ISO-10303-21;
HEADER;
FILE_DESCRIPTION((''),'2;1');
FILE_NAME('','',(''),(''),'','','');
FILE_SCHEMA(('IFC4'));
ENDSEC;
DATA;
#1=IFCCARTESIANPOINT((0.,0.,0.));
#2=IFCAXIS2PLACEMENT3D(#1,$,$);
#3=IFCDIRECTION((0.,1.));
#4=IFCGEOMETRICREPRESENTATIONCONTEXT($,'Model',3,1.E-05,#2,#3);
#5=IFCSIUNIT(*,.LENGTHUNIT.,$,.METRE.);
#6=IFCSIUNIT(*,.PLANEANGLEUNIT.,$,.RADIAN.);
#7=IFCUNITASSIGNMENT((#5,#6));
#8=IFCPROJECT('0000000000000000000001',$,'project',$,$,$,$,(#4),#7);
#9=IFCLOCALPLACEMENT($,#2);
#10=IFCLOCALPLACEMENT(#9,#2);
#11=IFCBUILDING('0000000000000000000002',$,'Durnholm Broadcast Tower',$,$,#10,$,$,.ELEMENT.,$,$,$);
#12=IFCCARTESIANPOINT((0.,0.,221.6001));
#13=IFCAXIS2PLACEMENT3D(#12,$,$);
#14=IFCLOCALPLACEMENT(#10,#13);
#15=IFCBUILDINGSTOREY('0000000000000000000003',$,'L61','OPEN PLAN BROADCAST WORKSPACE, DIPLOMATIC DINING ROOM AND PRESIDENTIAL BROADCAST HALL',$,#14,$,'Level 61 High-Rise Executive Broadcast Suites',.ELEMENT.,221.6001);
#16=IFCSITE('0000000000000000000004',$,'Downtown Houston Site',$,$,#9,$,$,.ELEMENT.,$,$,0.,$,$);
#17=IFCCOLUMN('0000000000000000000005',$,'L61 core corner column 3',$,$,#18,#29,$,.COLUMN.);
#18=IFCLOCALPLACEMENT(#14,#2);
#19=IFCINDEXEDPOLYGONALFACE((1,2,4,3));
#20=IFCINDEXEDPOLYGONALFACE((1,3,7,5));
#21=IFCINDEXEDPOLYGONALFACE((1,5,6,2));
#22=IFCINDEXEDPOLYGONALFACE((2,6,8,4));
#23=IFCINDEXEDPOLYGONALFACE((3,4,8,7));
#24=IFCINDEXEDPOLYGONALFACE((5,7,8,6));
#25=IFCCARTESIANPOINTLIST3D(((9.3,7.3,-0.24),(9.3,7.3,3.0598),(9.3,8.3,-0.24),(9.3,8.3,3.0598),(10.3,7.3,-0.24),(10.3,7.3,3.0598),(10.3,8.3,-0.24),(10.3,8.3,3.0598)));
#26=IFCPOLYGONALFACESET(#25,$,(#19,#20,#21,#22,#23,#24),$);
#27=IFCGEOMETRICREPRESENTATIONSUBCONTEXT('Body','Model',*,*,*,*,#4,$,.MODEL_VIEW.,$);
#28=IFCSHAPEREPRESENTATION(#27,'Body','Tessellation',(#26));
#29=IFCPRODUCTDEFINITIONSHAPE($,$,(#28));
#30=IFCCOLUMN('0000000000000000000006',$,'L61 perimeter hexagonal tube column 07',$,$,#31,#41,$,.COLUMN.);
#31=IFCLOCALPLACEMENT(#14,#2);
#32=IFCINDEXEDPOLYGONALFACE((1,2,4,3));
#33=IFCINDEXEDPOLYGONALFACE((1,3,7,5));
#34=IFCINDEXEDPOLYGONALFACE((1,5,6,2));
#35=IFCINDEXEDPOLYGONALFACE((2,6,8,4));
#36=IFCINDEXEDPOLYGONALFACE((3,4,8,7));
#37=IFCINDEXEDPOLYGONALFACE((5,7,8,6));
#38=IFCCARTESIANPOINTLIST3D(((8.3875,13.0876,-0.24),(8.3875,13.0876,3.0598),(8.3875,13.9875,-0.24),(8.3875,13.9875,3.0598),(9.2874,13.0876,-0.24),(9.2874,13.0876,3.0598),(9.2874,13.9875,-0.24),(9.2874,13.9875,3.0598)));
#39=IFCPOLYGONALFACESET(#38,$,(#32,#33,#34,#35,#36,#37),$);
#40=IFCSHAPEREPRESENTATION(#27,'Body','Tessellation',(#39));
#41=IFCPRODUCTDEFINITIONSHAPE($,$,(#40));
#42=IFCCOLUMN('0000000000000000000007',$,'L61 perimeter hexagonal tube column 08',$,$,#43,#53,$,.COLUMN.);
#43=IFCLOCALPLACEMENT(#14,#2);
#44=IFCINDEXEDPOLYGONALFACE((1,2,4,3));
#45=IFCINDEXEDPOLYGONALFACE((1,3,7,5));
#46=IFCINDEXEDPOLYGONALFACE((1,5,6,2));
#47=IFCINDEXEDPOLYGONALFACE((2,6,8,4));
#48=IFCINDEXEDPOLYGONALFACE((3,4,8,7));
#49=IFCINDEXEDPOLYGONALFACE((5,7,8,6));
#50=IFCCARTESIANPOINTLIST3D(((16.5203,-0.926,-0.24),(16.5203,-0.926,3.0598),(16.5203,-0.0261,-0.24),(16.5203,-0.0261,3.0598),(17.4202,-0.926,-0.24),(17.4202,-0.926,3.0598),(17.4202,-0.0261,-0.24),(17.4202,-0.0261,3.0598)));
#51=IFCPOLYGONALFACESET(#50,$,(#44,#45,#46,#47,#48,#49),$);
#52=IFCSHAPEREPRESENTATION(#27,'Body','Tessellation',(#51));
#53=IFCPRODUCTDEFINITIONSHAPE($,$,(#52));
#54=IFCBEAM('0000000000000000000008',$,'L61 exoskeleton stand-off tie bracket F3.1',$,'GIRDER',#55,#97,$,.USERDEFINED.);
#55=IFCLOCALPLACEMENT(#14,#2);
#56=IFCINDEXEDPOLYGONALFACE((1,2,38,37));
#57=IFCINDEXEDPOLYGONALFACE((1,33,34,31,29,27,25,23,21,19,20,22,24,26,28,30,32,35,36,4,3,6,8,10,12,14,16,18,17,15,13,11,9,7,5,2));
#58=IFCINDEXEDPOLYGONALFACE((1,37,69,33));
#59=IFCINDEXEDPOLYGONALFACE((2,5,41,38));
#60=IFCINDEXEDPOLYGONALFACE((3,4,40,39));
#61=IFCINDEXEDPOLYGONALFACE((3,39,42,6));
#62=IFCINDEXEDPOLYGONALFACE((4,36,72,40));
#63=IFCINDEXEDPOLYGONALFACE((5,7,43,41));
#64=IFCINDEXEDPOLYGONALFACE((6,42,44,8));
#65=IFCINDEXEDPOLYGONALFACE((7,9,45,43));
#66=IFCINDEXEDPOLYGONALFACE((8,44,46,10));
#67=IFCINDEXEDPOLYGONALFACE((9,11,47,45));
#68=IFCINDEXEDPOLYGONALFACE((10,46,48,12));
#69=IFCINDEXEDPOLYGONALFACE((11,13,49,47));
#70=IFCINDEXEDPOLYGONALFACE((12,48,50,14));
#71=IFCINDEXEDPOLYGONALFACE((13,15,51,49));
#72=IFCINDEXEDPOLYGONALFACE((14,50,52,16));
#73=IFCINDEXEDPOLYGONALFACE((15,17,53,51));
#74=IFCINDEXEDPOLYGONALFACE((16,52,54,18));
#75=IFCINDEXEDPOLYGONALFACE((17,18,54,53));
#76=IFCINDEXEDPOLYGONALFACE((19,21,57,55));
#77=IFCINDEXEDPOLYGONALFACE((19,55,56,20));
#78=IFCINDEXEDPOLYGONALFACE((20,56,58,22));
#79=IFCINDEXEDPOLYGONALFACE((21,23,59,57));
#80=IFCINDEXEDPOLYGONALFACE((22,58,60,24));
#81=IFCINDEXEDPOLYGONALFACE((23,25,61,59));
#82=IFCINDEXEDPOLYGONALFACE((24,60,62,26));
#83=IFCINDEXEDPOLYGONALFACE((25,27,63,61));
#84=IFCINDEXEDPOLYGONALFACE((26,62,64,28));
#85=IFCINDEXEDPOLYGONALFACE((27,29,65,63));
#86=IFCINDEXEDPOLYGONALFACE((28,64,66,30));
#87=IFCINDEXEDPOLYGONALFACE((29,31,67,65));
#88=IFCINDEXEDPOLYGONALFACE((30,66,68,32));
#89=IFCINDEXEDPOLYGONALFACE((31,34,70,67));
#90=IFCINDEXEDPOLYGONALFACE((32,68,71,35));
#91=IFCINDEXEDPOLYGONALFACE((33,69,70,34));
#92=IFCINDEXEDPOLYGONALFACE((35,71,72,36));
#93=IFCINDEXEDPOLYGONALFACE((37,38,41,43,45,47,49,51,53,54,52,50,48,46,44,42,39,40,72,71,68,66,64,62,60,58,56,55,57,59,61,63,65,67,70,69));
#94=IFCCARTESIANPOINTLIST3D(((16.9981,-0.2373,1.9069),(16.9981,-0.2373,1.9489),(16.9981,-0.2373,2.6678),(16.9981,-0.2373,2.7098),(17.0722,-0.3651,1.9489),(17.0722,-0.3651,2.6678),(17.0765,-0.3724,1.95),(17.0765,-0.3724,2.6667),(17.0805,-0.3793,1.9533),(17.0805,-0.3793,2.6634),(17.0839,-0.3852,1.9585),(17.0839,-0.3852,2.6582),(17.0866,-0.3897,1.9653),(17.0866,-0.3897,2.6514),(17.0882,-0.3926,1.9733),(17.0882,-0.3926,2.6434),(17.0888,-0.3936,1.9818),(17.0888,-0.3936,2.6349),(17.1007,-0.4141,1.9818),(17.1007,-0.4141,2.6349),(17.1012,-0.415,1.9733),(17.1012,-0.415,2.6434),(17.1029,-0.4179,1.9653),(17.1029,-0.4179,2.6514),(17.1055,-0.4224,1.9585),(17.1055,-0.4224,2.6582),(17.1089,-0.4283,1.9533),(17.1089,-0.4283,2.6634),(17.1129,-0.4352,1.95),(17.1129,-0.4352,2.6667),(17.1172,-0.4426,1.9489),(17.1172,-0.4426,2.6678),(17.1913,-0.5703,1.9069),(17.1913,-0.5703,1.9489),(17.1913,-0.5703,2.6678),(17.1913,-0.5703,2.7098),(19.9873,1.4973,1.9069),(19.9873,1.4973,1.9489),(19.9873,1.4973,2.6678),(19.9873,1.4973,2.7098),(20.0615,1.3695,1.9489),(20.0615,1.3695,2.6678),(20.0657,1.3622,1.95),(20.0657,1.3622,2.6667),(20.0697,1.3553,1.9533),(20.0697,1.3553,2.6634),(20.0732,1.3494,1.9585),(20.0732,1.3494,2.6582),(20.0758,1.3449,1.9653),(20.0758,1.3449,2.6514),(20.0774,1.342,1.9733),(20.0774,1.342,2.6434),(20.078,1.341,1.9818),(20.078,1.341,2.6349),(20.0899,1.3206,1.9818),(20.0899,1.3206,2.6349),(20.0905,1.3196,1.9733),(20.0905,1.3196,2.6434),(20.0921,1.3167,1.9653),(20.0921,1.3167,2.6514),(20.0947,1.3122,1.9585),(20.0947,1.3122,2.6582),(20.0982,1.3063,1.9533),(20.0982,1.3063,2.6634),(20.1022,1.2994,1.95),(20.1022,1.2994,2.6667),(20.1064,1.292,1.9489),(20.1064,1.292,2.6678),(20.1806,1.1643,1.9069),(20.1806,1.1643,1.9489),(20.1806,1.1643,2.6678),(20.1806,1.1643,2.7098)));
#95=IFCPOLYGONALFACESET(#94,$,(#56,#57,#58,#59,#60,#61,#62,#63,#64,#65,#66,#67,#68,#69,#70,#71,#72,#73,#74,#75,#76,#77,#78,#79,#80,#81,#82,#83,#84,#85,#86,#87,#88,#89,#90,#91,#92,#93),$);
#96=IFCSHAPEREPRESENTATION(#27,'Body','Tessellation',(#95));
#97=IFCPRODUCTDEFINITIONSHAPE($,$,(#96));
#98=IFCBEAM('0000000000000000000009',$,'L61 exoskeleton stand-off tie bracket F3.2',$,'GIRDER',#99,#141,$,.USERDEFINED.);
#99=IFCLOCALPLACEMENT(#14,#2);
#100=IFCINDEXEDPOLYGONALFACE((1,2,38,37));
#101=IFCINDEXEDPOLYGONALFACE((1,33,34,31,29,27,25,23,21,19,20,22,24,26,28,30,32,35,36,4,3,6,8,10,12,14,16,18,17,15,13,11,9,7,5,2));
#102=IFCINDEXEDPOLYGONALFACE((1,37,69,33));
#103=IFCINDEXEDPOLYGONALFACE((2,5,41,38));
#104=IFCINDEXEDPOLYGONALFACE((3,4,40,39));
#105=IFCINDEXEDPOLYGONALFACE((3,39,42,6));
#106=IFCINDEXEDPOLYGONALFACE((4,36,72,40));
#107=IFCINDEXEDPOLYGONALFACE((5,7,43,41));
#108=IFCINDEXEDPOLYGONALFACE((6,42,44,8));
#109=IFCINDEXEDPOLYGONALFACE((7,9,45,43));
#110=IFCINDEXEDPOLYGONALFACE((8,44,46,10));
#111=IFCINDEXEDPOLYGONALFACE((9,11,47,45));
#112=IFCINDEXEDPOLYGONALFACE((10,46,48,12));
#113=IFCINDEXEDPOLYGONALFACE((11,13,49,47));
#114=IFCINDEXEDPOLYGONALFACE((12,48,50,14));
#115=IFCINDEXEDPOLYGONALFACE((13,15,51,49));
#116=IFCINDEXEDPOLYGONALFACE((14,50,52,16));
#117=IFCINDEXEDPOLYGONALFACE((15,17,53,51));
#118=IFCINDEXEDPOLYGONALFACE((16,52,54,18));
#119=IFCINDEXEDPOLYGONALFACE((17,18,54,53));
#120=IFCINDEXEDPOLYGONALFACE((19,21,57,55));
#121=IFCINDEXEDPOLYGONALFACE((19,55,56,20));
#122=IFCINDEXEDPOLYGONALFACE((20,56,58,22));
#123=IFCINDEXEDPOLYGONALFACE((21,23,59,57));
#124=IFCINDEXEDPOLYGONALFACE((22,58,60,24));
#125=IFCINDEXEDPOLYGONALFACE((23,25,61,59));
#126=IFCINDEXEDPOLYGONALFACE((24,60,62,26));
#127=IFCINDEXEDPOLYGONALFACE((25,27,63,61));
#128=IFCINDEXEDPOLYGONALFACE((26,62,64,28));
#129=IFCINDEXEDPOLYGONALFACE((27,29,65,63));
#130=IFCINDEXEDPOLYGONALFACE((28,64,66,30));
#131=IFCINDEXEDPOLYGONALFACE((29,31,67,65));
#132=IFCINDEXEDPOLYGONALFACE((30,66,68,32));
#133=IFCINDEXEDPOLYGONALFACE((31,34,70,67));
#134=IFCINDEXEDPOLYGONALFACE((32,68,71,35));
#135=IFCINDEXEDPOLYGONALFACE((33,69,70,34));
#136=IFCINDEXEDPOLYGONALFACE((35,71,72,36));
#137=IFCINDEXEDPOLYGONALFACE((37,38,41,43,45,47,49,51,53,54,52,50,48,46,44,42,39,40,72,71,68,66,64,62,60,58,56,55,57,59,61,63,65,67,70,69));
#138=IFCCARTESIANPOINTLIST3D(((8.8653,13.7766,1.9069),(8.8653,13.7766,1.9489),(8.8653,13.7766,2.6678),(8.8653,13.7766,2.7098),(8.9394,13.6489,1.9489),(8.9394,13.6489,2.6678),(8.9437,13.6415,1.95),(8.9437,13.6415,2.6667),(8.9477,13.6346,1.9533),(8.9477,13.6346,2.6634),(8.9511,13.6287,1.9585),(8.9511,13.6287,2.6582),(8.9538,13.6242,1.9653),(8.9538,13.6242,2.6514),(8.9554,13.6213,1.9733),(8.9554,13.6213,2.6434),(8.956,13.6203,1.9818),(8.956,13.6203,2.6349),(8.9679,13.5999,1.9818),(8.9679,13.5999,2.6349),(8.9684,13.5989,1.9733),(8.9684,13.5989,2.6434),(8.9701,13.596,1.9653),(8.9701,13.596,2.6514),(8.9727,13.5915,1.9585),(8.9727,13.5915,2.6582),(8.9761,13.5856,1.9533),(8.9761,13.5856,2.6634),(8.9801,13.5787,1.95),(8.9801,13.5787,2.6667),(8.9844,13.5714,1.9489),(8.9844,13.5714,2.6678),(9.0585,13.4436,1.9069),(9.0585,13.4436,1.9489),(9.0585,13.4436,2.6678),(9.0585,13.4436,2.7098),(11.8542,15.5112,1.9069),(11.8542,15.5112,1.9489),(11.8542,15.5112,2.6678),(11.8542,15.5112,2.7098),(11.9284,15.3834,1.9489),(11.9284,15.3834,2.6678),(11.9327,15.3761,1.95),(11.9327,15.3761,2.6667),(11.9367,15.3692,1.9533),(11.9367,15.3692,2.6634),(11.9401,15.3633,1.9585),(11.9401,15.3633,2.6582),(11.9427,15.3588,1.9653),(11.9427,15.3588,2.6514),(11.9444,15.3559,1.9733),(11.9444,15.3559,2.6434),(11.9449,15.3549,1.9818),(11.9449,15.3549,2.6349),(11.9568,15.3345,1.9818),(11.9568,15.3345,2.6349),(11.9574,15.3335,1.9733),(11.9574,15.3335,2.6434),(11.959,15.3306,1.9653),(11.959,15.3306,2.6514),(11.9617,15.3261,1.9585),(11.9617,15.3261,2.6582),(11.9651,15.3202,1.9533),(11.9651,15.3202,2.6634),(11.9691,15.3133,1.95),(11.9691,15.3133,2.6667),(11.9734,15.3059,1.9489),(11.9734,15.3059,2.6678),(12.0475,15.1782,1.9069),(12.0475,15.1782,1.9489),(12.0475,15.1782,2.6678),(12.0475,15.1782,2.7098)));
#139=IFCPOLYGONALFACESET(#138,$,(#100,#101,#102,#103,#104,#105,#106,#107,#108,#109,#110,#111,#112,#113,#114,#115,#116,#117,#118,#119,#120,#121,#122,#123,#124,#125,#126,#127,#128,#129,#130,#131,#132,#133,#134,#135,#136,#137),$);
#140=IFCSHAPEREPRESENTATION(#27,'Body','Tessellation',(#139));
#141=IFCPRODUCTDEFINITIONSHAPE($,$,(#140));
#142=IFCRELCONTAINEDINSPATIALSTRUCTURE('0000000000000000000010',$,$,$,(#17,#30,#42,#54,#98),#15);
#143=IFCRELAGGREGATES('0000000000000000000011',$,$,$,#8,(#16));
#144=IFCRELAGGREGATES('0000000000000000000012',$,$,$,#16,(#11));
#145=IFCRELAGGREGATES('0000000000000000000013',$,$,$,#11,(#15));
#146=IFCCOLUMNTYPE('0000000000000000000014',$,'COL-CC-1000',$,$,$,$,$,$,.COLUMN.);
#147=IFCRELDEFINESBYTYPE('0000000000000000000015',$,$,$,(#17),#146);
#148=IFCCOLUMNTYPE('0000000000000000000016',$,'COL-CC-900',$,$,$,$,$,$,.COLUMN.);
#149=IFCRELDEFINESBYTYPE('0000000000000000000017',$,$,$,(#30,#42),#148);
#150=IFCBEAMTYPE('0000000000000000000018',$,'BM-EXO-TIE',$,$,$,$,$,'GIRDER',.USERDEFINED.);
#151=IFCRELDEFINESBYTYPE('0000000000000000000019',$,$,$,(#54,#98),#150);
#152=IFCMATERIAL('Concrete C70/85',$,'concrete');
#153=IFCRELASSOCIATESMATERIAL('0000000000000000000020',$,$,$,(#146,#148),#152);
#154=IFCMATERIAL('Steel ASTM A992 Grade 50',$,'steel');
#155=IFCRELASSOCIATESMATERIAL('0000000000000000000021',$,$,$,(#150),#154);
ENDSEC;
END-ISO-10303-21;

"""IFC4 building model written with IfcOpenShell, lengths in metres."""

from ifc_helpers import new_model, si_unit, direction, frame, origin, origin_2d, place, context, subcontext, project, spatial, rectangle, i_section, extrude, source, transform, mapped, material, material_profile, profile_set, type_object, type_shapes, element, save


model = new_model("IFC4")

# Units and contexts
model_context = context("Model", 3, precision=1e-05, world=origin(), true_north=direction((0.0, 1.0)))
body_context = subcontext(model_context, "Body", "Model", "MODEL_VIEW")
ifc_project = project(units=[si_unit("LENGTHUNIT", "METRE"), si_unit("PLANEANGLEUNIT", "RADIAN")], contexts=[model_context])

# Site, building, storey
site_placement = place(None, origin())
site = spatial("IfcSite", under=ifc_project, at=site_placement, Name="Downtown Houston Site", CompositionType="ELEMENT", RefElevation=0.0)
building_placement = place(site_placement, origin())
building = spatial("IfcBuilding", under=site, at=building_placement, Name="Durnholm Broadcast Tower", CompositionType="ELEMENT")
storey_placement = place(building_placement, frame((0.0, 0.0, 221.6001)))
storey = spatial("IfcBuildingStorey", under=building, at=storey_placement, Name="L61", Description="OPEN PLAN BROADCAST WORKSPACE, DIPLOMATIC DINING ROOM AND PRESIDENTIAL BROADCAST HALL", LongName="Level 61 High-Rise Executive Broadcast Suites", CompositionType="ELEMENT", Elevation=221.6001)

# Columns
ifc_material_1 = material(Name="Concrete C70/85", Category="concrete")
ifc_material_profile_1 = material_profile(ifc_material_1, rectangle(XDim=1.0, YDim=1.0, at=origin_2d()), Name="RC1000X1000")
ifc_profile_set_1 = profile_set([ifc_material_profile_1], Name="Concrete C70/85")
column_type_1 = type_object("IfcColumnType", Name="COL-CC-1000", PredefinedType="COLUMN", material=ifc_profile_set_1)
shared_shape_1 = source(origin(), body_context, "Body", "SweptSolid", [
    extrude(rectangle(XDim=1.0, YDim=1.0, at=origin_2d()), origin(), (0.0, 0.0, 1.0), 3.2998),
])
type_shapes(column_type_1, [shared_shape_1])
column_placement = place(storey_placement, frame((9.8, 7.8, -0.24), z_axis=(0.0, 0.0, 1.0), x_axis=(1.0, 0.0, 0.0)))
element("IfcColumn", 1, at=column_placement, inside=storey, type_object=column_type_1, Name="L61 core corner column 3", PredefinedType="COLUMN", context=body_context, shape_type="MappedRepresentation", body=[
    mapped(shared_shape_1, transform((0.0, 0.0, 0.0), x_axis=(1.0, 0.0, 0.0), y_axis=(0.0, 1.0, 0.0), z_axis=(0.0, 0.0, 1.0), scale=1.0)),
])
ifc_material_profile_2 = material_profile(ifc_material_1, rectangle(XDim=0.8999, YDim=0.8999, at=origin_2d()), Name="RC900X900")
ifc_profile_set_2 = profile_set([ifc_material_profile_2], Name="Concrete C70/85")
column_type_2 = type_object("IfcColumnType", Name="COL-CC-900", PredefinedType="COLUMN", material=ifc_profile_set_2)
shared_shape_2 = source(origin(), body_context, "Body", "SweptSolid", [
    extrude(rectangle(XDim=0.8999, YDim=0.8999, at=origin_2d()), origin(), (0.0, 0.0, 1.0), 3.2998),
])
type_shapes(column_type_2, [shared_shape_2])
for number, where, z_axis, x_axis, name in (
    (2, (8.8374, 13.5376, -0.24), (0.0, 0.0, 1.0), (1.0, 0.0, 0.0), "L61 perimeter hexagonal tube column 07"),
    (3, (16.9702, -0.4761, -0.24), (0.0, 0.0, 1.0), (1.0, 0.0, 0.0), "L61 perimeter hexagonal tube column 08"),
):
    element("IfcColumn", number, at=place(storey_placement, frame(where, z_axis=z_axis, x_axis=x_axis)), inside=storey, type_object=column_type_2, Name=name, PredefinedType="COLUMN", context=body_context, shape_type="MappedRepresentation", body=[
        mapped(shared_shape_2, transform((0.0, 0.0, 0.0), x_axis=(1.0, 0.0, 0.0), y_axis=(0.0, 1.0, 0.0), z_axis=(0.0, 0.0, 1.0), scale=1.0)),
    ])

# Beams
ifc_material_2 = material(Name="Steel ASTM A992 Grade 50", Category="steel")
ifc_material_profile_3 = material_profile(ifc_material_2, i_section(OverallWidth=0.385, OverallDepth=0.803, WebThickness=0.0237, FlangeThickness=0.042, FilletRadius=0.033, at=origin_2d()), Name="W30X261")
ifc_profile_set_3 = profile_set([ifc_material_profile_3], Name="Steel ASTM A992 Grade 50")
beam_type_1 = type_object("IfcBeamType", Name="BM-EXO-TIE", ElementType="GIRDER", PredefinedType="USERDEFINED", material=ifc_profile_set_3)
shared_shape_3 = source(origin(), body_context, "Body", "SweptSolid", [
    extrude(i_section(OverallWidth=0.385, OverallDepth=0.803, WebThickness=0.0237, FlangeThickness=0.042, FilletRadius=0.033, at=origin_2d()), origin(), (0.0, 0.0, 1.0), 3.4561),
])
beam_1_placement = place(storey_placement, frame((17.0947, -0.4038, 2.3083), z_axis=(0.864924, 0.501902, 0.0), x_axis=(-0.501902, 0.864924, 0.0)))
element("IfcBeam", 4, at=beam_1_placement, inside=storey, type_object=beam_type_1, Name="L61 exoskeleton stand-off tie bracket F3.1", ObjectType="GIRDER", PredefinedType="USERDEFINED", context=body_context, shape_type="MappedRepresentation", body=[
    mapped(shared_shape_3, transform((0.0, 0.0, 0.0), x_axis=(1.0, 0.0, 0.0), y_axis=(0.0, 1.0, 0.0), z_axis=(0.0, 0.0, 1.0), scale=1.0)),
])
shared_shape_4 = source(origin(), body_context, "Body", "SweptSolid", [
    extrude(i_section(OverallWidth=0.385, OverallDepth=0.803, WebThickness=0.0237, FlangeThickness=0.042, FilletRadius=0.033, at=origin_2d()), origin(), (0.0, 0.0, 1.0), 3.4558),
])
beam_2_placement = place(storey_placement, frame((8.9619, 13.6101, 2.3083), z_axis=(0.864907, 0.501933, 0.0), x_axis=(-0.501933, 0.864907, 0.0)))
element("IfcBeam", 5, at=beam_2_placement, inside=storey, type_object=beam_type_1, Name="L61 exoskeleton stand-off tie bracket F3.2", ObjectType="GIRDER", PredefinedType="USERDEFINED", context=body_context, shape_type="MappedRepresentation", body=[
    mapped(shared_shape_4, transform((0.0, 0.0, 0.0), x_axis=(1.0, 0.0, 0.0), y_axis=(0.0, 1.0, 0.0), z_axis=(0.0, 0.0, 1.0), scale=1.0)),
])

save(model, "model.ifc")
